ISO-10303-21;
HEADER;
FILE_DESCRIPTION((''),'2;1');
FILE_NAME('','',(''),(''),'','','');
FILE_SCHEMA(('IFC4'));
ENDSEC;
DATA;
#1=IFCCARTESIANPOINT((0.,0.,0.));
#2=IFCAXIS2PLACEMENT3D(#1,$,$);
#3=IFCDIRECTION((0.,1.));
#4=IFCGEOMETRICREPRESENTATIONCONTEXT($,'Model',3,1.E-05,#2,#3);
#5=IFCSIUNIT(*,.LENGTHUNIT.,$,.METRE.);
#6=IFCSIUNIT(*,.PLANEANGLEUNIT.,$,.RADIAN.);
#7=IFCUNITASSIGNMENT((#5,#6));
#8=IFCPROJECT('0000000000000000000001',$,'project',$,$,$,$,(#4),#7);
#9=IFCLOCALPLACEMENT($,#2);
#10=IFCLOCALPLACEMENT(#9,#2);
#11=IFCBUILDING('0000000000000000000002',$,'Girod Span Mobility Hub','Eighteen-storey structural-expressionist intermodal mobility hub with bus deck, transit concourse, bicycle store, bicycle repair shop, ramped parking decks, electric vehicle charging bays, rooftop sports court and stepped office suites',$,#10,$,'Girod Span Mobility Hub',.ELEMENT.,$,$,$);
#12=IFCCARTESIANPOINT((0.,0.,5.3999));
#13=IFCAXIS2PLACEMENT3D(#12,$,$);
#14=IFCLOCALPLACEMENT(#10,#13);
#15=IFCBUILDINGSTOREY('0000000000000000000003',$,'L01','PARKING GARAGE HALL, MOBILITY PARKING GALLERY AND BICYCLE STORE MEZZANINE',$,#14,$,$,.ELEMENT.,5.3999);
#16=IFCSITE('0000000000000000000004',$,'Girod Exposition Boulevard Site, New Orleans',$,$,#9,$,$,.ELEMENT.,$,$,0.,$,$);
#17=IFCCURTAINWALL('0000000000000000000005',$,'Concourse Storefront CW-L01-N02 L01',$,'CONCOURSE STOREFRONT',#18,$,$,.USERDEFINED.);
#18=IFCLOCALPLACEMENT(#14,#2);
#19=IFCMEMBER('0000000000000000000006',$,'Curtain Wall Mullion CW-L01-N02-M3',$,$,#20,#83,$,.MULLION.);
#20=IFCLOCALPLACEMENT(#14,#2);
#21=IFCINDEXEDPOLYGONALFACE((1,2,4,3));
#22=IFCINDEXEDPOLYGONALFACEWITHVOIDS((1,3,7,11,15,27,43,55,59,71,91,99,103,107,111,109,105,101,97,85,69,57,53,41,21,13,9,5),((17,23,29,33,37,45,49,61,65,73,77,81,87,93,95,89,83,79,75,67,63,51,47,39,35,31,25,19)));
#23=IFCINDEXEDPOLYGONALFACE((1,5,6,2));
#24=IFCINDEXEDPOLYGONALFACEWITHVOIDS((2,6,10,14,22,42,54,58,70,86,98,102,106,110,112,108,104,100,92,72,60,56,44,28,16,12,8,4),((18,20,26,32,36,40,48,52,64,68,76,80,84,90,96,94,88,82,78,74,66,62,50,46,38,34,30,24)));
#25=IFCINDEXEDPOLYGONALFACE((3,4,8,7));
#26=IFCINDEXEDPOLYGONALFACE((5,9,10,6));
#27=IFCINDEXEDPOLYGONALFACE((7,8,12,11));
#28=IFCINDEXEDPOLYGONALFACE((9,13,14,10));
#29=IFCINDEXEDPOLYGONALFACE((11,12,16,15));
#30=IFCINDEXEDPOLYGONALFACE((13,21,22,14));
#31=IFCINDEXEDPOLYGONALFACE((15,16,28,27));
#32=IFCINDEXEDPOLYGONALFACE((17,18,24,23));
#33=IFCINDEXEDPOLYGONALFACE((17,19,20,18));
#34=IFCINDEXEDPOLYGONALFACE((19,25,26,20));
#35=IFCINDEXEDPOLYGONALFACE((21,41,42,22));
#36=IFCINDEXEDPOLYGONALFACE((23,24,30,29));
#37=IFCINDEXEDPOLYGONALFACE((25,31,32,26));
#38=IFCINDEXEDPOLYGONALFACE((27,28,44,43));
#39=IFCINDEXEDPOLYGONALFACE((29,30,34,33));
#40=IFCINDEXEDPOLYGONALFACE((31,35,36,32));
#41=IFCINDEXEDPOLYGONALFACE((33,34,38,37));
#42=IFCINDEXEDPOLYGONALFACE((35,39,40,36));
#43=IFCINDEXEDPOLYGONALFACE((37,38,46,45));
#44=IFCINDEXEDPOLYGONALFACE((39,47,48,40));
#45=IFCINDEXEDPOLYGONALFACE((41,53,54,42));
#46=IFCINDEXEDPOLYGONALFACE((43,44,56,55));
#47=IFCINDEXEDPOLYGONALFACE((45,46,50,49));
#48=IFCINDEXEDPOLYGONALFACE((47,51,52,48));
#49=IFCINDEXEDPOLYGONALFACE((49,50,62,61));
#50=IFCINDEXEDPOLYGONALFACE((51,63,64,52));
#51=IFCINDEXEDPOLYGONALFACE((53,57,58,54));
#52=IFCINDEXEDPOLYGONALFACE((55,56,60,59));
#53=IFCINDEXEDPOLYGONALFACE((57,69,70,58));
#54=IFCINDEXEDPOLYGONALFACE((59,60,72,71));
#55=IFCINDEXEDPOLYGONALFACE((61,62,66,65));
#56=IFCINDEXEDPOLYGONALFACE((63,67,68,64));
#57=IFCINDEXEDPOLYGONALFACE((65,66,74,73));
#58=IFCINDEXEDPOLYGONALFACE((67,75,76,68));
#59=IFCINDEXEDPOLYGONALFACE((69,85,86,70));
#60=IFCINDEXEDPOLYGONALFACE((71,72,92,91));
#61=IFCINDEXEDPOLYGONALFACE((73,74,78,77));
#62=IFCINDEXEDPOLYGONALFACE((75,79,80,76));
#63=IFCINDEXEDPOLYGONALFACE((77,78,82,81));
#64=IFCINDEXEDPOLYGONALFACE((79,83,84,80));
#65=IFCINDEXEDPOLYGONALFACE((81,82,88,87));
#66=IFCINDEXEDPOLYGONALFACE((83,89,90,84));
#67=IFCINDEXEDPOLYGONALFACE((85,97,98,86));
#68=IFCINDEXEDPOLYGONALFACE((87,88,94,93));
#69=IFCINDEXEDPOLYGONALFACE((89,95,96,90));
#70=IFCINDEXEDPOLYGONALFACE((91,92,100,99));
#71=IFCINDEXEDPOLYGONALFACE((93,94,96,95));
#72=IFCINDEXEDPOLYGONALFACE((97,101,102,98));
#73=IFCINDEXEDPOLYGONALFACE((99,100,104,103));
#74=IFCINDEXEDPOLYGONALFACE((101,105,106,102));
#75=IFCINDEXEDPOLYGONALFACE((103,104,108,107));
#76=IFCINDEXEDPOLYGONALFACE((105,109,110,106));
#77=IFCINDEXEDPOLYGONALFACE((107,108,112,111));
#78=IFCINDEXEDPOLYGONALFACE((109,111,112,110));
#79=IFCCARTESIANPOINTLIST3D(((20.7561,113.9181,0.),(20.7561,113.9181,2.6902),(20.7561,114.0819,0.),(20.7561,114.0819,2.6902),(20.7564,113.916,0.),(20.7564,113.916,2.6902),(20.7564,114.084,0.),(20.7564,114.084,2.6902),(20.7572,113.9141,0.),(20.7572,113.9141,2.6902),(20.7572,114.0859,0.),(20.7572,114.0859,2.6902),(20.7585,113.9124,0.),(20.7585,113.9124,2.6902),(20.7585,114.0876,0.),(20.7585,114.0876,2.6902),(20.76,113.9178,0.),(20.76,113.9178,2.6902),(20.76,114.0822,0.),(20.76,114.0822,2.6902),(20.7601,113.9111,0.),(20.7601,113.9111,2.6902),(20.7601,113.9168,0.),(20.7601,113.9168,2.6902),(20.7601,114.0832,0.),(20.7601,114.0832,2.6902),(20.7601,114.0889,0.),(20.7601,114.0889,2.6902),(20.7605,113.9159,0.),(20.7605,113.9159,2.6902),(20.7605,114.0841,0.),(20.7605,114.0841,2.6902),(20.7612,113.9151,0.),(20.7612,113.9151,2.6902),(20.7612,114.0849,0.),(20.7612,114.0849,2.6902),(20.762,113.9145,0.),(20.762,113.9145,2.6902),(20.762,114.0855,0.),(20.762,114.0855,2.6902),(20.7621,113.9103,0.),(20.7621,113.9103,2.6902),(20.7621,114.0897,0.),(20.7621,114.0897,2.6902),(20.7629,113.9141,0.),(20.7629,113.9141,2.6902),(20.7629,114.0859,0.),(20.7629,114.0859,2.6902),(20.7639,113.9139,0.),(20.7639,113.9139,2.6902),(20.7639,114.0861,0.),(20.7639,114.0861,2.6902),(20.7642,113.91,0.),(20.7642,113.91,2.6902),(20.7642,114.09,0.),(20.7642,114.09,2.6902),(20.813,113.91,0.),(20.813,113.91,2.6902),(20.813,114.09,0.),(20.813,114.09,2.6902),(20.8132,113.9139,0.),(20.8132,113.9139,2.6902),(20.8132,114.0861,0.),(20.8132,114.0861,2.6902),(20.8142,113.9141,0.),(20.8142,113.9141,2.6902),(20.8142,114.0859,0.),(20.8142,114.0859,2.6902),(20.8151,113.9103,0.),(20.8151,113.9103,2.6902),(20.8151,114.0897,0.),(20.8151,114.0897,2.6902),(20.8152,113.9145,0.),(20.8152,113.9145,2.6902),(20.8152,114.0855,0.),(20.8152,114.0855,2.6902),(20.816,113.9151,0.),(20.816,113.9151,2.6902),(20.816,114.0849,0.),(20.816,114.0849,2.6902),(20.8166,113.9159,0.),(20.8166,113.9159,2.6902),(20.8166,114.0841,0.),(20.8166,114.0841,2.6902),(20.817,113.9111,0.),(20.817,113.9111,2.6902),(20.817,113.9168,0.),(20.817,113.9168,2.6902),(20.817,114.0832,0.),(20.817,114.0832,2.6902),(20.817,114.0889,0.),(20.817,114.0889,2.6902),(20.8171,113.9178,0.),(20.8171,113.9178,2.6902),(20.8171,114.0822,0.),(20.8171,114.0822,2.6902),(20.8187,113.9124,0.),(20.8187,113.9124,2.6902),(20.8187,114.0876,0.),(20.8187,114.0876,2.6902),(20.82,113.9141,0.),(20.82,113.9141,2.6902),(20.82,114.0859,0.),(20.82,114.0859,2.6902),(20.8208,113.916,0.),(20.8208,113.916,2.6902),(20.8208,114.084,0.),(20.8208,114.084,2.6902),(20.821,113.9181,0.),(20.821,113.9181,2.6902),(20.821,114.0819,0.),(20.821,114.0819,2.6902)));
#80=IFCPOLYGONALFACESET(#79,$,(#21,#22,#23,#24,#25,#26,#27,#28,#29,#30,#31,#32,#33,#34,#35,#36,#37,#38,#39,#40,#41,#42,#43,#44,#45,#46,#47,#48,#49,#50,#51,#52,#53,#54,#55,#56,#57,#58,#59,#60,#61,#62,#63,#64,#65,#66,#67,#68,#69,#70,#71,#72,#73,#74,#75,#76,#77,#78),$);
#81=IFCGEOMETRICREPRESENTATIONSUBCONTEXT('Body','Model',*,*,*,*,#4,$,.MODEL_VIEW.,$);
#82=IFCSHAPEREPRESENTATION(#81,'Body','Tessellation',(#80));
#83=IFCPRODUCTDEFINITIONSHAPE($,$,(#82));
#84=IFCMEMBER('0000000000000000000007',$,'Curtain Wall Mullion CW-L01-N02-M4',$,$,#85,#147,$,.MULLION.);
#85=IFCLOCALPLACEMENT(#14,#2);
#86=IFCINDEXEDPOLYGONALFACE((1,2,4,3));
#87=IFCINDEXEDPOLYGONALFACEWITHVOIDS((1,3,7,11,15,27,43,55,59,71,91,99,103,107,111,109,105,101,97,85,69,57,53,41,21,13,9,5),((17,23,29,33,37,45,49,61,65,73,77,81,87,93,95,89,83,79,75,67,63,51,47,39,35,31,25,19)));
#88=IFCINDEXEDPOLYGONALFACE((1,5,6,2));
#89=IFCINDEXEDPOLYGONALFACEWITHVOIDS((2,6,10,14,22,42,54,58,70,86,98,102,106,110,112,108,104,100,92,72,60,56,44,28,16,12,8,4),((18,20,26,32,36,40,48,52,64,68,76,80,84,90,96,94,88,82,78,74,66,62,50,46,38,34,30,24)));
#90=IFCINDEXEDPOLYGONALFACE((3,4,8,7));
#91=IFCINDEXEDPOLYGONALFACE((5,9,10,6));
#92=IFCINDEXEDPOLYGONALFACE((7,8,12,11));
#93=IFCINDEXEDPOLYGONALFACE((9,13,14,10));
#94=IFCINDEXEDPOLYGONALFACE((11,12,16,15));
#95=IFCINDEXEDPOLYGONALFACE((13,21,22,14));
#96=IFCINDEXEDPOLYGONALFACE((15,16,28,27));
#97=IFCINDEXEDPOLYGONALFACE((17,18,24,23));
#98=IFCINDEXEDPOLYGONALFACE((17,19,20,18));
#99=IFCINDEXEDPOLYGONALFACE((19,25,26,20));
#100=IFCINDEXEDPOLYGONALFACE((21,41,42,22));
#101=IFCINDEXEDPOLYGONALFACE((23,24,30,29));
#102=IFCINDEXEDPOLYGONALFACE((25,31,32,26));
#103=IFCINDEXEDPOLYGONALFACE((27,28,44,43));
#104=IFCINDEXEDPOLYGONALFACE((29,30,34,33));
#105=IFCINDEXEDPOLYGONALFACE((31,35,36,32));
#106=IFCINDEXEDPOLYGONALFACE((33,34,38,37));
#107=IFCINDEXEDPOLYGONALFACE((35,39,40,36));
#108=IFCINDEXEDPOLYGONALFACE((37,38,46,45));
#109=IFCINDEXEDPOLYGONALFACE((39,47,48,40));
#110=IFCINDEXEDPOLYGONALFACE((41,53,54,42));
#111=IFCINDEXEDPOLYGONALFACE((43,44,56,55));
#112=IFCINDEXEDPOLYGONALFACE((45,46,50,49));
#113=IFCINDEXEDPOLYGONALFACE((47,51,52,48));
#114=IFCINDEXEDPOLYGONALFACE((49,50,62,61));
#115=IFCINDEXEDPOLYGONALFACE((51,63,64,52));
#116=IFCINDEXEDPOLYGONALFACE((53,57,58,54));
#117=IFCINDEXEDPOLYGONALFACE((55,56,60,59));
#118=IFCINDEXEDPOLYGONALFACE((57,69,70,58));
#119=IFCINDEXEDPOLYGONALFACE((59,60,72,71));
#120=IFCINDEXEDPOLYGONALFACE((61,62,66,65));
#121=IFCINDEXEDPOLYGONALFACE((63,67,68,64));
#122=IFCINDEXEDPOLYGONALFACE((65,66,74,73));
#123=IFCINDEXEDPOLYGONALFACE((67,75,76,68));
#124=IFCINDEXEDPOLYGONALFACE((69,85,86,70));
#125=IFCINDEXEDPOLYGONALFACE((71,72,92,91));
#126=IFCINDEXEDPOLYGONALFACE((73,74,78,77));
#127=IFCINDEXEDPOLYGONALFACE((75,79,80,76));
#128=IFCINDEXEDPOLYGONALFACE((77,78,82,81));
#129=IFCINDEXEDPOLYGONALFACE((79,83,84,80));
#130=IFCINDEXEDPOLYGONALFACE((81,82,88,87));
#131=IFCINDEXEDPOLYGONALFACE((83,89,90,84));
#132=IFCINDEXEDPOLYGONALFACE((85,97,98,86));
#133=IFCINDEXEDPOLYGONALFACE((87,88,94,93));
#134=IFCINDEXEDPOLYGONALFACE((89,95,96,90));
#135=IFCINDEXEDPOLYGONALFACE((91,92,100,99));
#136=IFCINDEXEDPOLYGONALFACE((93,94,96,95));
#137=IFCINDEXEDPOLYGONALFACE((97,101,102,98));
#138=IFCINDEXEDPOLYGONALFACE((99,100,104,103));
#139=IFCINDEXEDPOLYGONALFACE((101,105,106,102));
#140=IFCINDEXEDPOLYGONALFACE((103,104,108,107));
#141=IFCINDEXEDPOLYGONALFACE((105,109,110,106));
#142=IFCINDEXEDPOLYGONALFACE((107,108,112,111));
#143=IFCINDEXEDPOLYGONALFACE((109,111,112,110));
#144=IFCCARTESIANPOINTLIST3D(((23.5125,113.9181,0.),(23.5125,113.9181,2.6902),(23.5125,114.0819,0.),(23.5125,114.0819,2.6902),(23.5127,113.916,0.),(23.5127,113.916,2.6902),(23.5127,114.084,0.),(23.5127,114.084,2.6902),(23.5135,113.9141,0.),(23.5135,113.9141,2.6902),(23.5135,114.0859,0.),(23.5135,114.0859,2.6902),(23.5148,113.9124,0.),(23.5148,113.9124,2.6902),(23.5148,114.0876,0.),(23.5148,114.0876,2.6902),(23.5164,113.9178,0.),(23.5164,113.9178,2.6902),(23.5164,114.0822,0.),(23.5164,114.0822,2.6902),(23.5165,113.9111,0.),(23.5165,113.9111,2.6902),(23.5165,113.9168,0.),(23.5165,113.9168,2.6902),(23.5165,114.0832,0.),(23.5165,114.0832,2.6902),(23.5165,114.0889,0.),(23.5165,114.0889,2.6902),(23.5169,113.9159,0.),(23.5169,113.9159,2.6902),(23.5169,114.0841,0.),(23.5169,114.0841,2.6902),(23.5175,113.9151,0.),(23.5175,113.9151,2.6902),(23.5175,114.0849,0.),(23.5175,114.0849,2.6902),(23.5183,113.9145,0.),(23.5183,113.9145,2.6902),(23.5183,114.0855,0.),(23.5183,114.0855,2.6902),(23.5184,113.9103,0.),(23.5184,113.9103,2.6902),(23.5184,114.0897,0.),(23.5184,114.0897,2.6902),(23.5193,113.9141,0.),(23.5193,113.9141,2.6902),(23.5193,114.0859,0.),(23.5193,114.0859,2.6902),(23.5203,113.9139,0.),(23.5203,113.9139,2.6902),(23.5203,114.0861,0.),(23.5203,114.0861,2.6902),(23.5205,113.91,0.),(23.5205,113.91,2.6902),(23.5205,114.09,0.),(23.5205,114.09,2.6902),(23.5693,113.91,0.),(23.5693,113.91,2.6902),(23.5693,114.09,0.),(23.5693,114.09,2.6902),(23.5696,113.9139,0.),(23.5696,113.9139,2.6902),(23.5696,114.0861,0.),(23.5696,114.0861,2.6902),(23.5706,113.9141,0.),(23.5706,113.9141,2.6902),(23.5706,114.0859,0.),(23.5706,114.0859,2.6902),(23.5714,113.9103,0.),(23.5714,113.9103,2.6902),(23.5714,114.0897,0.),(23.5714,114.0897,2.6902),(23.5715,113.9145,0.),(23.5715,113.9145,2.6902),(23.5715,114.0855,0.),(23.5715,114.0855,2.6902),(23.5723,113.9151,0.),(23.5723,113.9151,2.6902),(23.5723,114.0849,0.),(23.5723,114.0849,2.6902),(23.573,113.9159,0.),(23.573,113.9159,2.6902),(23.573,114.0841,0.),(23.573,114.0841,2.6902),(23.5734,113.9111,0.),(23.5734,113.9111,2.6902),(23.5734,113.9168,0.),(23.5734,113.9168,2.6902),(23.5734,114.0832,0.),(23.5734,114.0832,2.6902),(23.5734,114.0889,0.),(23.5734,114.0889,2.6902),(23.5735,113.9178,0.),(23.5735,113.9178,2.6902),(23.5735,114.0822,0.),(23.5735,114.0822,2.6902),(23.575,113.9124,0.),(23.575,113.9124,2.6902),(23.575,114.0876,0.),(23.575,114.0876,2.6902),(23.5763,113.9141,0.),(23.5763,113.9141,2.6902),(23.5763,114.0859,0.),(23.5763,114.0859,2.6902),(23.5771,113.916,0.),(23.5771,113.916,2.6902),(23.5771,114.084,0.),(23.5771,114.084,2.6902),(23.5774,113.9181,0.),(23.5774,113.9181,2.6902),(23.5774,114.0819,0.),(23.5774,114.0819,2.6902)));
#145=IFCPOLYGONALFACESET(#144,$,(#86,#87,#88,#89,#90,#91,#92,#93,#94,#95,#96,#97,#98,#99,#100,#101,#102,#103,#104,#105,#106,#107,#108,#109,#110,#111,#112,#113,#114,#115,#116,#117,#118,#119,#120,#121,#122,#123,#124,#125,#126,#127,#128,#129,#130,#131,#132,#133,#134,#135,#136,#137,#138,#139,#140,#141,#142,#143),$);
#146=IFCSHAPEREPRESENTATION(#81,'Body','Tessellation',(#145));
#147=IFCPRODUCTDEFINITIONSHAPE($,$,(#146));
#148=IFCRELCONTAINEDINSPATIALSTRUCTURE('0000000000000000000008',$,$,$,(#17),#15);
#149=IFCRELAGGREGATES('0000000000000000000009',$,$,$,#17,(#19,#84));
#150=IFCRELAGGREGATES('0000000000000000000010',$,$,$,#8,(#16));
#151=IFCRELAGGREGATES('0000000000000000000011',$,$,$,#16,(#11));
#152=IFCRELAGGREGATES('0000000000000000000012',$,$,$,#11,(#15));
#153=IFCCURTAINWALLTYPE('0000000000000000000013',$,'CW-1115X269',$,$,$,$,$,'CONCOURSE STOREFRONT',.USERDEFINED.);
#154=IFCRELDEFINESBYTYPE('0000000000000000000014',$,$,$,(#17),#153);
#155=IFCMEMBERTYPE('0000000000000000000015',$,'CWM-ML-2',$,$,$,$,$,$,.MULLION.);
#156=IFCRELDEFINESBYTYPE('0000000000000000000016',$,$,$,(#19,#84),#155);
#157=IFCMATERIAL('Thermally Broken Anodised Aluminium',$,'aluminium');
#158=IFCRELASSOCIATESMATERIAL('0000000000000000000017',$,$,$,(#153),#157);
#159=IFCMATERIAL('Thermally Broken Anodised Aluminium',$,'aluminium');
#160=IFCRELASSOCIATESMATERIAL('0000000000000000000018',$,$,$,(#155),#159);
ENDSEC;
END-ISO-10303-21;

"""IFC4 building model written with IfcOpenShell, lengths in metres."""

from ifc_helpers import new_model, si_unit, direction, frame, origin, origin_2d, place, context, subcontext, project, spatial, hollow_rectangle, extrude, material, material_profile, profile_set, type_object, element, aggregate, save


model = new_model("IFC4")

# Units and contexts
model_context = context("Model", 3, precision=1e-05, world=origin(), true_north=direction((0.0, 1.0)))
body_context = subcontext(model_context, "Body", "Model", "MODEL_VIEW")
ifc_project = project(units=[si_unit("LENGTHUNIT", "METRE"), si_unit("PLANEANGLEUNIT", "RADIAN")], contexts=[model_context])

# Site, building, storey
site_placement = place(None, origin())
site = spatial("IfcSite", under=ifc_project, at=site_placement, Name="Girod Exposition Boulevard Site, New Orleans", CompositionType="ELEMENT", RefElevation=0.0)
building_placement = place(site_placement, origin())
building = spatial("IfcBuilding", under=site, at=building_placement, Name="Girod Span Mobility Hub", Description="Eighteen-storey structural-expressionist intermodal mobility hub with bus deck, transit concourse, bicycle store, bicycle repair shop, ramped parking decks, electric vehicle charging bays, rooftop sports court and stepped office suites", LongName="Girod Span Mobility Hub", CompositionType="ELEMENT")
storey_placement = place(building_placement, frame((0.0, 0.0, 5.3999)))
storey = spatial("IfcBuildingStorey", under=building, at=storey_placement, Name="L01", Description="PARKING GARAGE HALL, MOBILITY PARKING GALLERY AND BICYCLE STORE MEZZANINE", CompositionType="ELEMENT", Elevation=5.3999)

# Curtain wall, members
ifc_material_1 = material(Name="Thermally Broken Anodised Aluminium", Category="aluminium")
curtain_wall_type = type_object("IfcCurtainWallType", Name="CW-1115X269", ElementType="CONCOURSE STOREFRONT", PredefinedType="USERDEFINED", material=ifc_material_1)
curtain_wall_1_placement = place(storey_placement, origin())
curtain_wall_1 = element("IfcCurtainWall", 1, at=curtain_wall_1_placement, inside=storey, type_object=curtain_wall_type, Name="Concourse Storefront CW-L01-N02 L01", ObjectType="CONCOURSE STOREFRONT", PredefinedType="USERDEFINED")
ifc_material_2 = material(Name="Thermally Broken Anodised Aluminium", Category="aluminium")
ifc_material_profile_1 = material_profile(ifc_material_2, hollow_rectangle(XDim=0.1799, YDim=0.0649, WallThickness=0.0039, InnerFilletRadius=0.0039, OuterFilletRadius=0.0081, at=origin_2d()), Name="CW-ML-65X180")
ifc_profile_set_1 = profile_set([ifc_material_profile_1], Name="Thermally Broken Anodised Aluminium")
member_type_1 = type_object("IfcMemberType", Name="CWM-ML-2", PredefinedType="MULLION", material=ifc_profile_set_1)
member_1_placement = place(storey_placement, frame((20.7886, 114.0, 0.0), z_axis=(0.0, 0.0, 1.0), x_axis=(0.0, 1.0, 0.0)))
member_1 = element("IfcMember", 2, at=member_1_placement, type_object=member_type_1, Name="Curtain Wall Mullion CW-L01-N02-M3", PredefinedType="MULLION", context=body_context, shape_type="SweptSolid", body=[
    extrude(hollow_rectangle(XDim=0.1799, YDim=0.0649, WallThickness=0.0039, InnerFilletRadius=0.0039, OuterFilletRadius=0.0081, at=origin_2d()), origin(), (0.0, 0.0, 1.0), 2.6902),
])
member_2_placement = place(storey_placement, frame((23.5449, 114.0, 0.0), z_axis=(0.0, 0.0, 1.0), x_axis=(0.0, 1.0, 0.0)))
member_2 = element("IfcMember", 3, at=member_2_placement, type_object=member_type_1, Name="Curtain Wall Mullion CW-L01-N02-M4", PredefinedType="MULLION", context=body_context, shape_type="SweptSolid", body=[
    extrude(hollow_rectangle(XDim=0.1799, YDim=0.0649, WallThickness=0.0039, InnerFilletRadius=0.0039, OuterFilletRadius=0.0081, at=origin_2d()), origin(), (0.0, 0.0, 1.0), 2.6902),
])

aggregate(curtain_wall_1, [member_1, member_2])

save(model, "model.ifc")
